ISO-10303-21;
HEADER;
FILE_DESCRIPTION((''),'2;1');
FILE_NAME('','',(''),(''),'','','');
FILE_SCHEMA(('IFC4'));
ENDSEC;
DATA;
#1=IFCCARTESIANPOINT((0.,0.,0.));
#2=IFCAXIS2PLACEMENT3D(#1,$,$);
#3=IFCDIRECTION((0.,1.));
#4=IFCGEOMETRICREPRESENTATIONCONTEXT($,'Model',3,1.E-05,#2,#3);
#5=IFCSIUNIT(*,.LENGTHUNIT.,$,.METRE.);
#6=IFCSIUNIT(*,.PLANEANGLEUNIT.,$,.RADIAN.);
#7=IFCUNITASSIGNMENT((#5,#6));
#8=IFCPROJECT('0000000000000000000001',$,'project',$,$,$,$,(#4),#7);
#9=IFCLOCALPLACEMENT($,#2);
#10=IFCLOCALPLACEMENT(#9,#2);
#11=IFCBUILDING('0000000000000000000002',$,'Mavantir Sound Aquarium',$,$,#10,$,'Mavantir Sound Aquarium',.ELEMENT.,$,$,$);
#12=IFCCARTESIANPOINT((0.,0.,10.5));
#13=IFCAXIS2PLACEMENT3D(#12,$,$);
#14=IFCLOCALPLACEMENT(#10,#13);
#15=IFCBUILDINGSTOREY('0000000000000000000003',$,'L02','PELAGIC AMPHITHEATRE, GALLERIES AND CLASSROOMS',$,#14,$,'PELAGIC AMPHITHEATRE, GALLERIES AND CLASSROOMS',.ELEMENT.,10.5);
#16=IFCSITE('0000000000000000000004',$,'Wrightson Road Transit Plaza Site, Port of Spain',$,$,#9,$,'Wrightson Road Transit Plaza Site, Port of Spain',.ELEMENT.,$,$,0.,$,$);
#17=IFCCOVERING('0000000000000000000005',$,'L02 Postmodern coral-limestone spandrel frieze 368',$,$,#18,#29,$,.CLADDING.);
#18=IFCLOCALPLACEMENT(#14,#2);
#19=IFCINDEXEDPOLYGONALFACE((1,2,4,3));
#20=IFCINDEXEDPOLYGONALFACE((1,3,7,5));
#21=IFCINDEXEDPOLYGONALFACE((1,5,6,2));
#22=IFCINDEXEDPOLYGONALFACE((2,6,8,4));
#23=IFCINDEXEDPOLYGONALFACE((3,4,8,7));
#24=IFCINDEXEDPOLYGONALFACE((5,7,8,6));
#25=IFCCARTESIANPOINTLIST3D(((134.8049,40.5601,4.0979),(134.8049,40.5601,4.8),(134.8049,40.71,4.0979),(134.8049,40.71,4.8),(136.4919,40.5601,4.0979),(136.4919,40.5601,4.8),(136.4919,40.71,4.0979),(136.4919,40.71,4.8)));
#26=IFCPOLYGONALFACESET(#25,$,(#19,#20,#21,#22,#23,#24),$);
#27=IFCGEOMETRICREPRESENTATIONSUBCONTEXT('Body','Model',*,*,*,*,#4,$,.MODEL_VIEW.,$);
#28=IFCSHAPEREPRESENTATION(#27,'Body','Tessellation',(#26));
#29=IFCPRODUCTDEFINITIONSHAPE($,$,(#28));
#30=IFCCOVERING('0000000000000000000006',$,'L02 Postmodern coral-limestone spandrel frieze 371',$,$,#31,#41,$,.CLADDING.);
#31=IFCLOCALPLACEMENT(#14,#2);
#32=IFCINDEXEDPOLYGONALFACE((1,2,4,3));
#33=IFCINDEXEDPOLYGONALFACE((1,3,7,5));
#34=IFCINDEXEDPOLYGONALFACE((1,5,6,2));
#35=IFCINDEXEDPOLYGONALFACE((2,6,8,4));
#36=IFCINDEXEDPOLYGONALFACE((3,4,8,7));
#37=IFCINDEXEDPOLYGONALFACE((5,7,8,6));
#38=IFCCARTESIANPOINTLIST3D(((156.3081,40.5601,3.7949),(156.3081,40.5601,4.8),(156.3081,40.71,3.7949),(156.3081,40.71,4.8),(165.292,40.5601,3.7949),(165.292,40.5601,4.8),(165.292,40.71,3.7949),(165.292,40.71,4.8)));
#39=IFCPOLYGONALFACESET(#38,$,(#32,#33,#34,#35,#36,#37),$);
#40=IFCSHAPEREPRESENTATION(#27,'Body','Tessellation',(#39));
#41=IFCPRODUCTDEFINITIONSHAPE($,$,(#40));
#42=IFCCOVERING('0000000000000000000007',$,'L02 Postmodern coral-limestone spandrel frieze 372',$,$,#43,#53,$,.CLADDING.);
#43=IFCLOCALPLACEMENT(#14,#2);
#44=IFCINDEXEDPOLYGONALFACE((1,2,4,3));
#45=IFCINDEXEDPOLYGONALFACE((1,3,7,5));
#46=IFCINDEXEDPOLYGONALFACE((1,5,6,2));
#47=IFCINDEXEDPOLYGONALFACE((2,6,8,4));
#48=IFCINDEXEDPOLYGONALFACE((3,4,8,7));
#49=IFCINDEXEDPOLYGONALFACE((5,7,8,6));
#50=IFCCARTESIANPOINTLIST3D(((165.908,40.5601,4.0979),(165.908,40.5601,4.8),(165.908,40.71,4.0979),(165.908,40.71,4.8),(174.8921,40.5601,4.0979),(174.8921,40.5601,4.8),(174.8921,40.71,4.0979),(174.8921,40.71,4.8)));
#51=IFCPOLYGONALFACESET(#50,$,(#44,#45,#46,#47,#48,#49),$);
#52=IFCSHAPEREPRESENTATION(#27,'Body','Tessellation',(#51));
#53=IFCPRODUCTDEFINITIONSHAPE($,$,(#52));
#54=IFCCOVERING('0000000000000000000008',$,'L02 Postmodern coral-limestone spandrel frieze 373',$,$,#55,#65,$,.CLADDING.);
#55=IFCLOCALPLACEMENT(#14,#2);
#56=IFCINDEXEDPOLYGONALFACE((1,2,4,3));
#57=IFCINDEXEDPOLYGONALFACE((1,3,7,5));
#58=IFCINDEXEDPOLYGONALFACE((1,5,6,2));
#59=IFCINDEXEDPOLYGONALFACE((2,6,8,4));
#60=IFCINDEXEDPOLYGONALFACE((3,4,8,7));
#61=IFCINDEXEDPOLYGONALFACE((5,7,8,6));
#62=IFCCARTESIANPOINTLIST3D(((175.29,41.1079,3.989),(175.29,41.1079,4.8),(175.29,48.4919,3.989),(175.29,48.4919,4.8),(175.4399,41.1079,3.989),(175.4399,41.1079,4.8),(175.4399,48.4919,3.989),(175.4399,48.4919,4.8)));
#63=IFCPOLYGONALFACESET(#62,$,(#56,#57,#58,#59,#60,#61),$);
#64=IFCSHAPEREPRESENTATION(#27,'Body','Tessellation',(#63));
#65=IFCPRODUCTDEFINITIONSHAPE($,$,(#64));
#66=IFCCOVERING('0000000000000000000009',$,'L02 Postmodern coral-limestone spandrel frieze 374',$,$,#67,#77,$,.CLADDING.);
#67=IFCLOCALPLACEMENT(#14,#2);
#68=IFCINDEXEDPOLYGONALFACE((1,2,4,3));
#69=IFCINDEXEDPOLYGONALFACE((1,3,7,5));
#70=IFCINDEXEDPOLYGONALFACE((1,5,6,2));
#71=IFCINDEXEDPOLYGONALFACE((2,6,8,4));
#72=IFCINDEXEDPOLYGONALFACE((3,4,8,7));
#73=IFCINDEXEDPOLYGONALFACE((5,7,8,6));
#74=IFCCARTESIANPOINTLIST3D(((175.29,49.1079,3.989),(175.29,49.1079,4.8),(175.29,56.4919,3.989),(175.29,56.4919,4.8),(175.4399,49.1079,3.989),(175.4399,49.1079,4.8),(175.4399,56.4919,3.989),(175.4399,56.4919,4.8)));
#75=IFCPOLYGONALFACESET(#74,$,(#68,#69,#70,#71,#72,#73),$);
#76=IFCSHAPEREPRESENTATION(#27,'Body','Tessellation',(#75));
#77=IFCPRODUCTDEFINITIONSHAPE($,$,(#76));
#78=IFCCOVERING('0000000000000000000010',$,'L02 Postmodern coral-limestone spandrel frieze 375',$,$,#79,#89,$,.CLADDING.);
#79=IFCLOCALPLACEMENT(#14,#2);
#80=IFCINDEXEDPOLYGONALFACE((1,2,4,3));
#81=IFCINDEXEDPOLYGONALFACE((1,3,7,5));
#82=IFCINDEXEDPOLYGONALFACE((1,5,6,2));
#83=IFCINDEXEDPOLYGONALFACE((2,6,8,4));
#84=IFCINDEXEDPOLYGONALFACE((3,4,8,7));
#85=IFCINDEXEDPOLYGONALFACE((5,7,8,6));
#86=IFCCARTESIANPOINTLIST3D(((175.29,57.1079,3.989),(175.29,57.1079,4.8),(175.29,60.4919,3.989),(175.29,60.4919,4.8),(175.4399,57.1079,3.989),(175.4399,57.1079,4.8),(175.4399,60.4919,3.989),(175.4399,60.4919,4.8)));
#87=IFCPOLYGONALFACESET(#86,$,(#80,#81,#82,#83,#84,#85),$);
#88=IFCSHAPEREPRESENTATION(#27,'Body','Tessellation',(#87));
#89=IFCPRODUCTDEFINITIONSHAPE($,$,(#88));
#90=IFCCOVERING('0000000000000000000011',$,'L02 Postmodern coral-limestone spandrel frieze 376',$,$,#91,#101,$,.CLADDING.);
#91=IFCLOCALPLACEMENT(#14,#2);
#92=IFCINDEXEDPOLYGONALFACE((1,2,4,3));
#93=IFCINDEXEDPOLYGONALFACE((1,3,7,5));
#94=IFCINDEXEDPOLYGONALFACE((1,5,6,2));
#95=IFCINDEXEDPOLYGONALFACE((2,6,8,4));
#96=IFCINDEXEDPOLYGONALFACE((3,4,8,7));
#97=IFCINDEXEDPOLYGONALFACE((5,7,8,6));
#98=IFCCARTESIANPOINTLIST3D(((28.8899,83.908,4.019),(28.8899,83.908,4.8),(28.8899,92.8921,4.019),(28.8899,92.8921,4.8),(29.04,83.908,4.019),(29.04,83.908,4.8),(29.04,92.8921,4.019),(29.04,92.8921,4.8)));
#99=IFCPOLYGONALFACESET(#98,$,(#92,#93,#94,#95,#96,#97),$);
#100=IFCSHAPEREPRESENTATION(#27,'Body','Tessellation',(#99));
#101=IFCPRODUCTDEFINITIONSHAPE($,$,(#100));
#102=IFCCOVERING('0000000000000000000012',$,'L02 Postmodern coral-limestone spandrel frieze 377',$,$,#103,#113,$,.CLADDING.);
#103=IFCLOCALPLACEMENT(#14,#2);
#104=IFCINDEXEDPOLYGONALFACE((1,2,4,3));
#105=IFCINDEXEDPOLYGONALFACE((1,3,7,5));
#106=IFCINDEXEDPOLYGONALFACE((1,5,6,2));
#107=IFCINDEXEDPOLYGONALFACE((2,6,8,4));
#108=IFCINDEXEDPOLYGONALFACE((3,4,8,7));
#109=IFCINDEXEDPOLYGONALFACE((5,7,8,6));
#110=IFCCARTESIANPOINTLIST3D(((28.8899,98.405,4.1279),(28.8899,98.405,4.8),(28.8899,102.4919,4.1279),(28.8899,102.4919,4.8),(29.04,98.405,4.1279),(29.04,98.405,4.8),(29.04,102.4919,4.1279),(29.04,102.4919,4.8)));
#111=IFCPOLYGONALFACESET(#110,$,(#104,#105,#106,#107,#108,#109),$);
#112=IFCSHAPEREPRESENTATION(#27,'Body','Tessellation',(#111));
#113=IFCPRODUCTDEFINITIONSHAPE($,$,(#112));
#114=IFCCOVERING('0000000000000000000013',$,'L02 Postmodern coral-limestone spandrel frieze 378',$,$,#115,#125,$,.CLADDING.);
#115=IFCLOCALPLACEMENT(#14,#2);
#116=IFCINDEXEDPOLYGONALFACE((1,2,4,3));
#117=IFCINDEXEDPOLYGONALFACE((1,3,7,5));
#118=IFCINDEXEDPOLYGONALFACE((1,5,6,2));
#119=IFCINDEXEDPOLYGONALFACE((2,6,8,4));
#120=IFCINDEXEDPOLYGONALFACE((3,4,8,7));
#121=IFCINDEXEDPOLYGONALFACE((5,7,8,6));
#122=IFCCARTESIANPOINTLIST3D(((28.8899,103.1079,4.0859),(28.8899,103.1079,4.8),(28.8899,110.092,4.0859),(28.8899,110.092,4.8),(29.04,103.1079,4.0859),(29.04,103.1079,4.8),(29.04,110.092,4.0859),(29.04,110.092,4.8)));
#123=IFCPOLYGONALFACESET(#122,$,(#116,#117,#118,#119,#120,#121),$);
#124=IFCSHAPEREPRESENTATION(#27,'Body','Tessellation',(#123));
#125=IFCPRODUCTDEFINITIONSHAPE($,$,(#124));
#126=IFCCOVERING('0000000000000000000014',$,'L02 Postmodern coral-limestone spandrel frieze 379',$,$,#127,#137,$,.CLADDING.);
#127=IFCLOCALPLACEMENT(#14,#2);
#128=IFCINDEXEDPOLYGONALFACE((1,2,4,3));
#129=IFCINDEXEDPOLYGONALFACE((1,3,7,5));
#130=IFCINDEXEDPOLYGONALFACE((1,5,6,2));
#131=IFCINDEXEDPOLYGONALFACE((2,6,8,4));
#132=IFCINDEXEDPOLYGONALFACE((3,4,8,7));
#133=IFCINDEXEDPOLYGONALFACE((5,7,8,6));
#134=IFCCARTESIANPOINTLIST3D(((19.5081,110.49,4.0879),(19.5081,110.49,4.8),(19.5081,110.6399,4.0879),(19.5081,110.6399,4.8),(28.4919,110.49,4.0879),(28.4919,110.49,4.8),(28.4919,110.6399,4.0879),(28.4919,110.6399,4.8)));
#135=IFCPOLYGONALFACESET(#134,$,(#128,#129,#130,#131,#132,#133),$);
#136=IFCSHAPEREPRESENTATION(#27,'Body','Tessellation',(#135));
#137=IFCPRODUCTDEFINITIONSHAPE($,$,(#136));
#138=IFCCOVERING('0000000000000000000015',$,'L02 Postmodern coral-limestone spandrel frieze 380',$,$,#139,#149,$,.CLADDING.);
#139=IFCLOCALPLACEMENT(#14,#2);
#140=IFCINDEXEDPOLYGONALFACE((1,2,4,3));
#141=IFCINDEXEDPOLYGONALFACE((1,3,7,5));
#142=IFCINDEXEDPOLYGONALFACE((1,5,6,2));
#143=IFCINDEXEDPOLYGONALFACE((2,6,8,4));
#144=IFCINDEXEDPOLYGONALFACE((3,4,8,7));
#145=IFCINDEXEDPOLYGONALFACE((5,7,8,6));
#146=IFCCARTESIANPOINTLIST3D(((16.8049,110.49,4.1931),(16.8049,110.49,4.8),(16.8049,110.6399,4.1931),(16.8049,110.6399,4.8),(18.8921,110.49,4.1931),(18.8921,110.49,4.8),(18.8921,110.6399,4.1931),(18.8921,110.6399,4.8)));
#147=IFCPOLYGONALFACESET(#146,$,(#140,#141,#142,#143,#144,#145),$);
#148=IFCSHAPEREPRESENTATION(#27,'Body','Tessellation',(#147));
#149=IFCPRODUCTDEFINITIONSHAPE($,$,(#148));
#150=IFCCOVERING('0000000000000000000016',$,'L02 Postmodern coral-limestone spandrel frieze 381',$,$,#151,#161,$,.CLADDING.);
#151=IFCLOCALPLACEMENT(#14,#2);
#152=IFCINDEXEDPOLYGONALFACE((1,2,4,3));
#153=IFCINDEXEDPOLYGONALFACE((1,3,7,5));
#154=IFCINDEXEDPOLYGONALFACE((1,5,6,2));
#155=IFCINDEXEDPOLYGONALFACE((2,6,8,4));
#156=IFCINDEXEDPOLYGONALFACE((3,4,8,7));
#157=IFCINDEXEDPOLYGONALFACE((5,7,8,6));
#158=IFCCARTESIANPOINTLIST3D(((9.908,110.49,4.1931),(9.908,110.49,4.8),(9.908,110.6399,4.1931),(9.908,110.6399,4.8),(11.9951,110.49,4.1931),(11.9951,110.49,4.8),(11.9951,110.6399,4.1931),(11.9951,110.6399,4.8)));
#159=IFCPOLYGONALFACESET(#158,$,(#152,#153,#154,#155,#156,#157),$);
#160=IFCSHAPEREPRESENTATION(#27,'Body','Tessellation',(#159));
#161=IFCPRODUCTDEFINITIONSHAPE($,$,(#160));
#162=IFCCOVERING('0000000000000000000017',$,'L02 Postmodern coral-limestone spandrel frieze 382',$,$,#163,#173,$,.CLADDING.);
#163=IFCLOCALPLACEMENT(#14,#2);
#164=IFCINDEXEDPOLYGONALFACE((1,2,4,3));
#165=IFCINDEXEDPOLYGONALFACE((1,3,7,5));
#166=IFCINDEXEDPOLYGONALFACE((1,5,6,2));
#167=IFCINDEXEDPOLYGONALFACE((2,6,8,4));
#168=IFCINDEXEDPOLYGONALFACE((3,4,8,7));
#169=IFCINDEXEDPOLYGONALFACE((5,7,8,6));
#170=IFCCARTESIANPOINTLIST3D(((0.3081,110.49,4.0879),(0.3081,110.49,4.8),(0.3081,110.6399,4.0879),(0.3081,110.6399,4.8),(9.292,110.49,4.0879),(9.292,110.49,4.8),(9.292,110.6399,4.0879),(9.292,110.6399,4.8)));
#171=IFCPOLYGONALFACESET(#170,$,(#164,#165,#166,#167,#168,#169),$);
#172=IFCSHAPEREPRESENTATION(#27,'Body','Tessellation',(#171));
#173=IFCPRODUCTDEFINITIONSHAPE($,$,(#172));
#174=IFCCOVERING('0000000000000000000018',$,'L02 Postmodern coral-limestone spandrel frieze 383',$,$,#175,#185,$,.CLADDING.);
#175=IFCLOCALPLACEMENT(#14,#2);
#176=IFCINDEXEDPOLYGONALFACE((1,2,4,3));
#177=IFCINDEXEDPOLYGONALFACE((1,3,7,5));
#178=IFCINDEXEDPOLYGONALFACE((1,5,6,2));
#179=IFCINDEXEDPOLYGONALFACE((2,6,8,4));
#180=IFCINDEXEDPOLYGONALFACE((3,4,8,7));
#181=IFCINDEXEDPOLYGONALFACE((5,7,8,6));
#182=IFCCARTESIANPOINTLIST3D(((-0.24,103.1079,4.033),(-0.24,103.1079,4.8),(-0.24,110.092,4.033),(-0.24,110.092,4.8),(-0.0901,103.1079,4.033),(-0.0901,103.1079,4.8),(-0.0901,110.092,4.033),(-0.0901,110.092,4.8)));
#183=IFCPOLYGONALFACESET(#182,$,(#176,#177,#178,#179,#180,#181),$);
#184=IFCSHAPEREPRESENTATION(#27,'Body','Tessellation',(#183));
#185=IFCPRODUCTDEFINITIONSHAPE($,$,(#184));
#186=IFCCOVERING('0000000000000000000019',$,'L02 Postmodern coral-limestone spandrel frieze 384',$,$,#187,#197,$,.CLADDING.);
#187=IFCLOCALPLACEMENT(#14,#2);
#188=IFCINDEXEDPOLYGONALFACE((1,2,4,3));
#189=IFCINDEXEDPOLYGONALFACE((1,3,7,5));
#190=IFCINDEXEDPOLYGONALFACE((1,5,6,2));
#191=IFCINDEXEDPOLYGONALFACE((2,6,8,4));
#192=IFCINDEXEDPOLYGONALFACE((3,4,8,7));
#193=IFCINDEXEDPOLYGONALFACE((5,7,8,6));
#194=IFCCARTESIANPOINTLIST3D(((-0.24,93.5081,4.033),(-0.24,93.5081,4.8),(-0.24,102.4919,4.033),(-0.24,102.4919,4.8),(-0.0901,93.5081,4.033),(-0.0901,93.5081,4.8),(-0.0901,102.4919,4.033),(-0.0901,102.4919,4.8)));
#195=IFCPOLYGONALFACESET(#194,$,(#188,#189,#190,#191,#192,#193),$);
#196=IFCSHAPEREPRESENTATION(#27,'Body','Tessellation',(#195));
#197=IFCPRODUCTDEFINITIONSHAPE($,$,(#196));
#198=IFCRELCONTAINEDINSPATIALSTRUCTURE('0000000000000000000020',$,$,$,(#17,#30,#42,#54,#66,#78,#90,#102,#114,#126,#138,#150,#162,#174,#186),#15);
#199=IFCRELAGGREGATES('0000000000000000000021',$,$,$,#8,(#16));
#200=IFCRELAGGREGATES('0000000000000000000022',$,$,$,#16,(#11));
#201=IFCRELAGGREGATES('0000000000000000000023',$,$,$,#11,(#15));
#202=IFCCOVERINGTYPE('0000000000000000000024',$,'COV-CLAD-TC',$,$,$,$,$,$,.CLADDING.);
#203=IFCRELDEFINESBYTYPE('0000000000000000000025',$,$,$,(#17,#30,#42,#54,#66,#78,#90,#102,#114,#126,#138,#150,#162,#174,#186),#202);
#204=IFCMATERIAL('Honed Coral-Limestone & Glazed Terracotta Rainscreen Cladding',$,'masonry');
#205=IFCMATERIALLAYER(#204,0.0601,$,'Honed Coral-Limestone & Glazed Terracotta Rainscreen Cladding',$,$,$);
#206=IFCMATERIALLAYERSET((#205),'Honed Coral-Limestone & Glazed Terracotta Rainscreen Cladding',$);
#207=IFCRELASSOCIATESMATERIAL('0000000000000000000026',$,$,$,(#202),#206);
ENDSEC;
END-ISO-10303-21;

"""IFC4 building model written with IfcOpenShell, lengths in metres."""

from ifc_helpers import new_model, si_unit, direction, frame, origin, place, context, subcontext, project, spatial, polyline, outline, extrude, material, layer, layer_set, type_object, element, save


model = new_model("IFC4")

# Units and contexts
model_context = context("Model", 3, precision=1e-05, world=origin(), true_north=direction((0.0, 1.0)))
body_context = subcontext(model_context, "Body", "Model", "MODEL_VIEW")
ifc_project = project(units=[si_unit("LENGTHUNIT", "METRE"), si_unit("PLANEANGLEUNIT", "RADIAN")], contexts=[model_context])

# Site, building, storey
site_placement = place(None, origin())
site = spatial("IfcSite", under=ifc_project, at=site_placement, Name="Wrightson Road Transit Plaza Site, Port of Spain", LongName="Wrightson Road Transit Plaza Site, Port of Spain", CompositionType="ELEMENT", RefElevation=0.0)
building_placement = place(site_placement, origin())
building = spatial("IfcBuilding", under=site, at=building_placement, Name="Mavantir Sound Aquarium", LongName="Mavantir Sound Aquarium", CompositionType="ELEMENT")
storey_placement = place(building_placement, frame((0.0, 0.0, 10.5)))
storey = spatial("IfcBuildingStorey", under=building, at=storey_placement, Name="L02", Description="PELAGIC AMPHITHEATRE, GALLERIES AND CLASSROOMS", LongName="PELAGIC AMPHITHEATRE, GALLERIES AND CLASSROOMS", CompositionType="ELEMENT", Elevation=10.5)

# Coverings
ifc_material = material(Name="Honed Coral-Limestone & Glazed Terracotta Rainscreen Cladding", Category="masonry")
ifc_layer = layer(ifc_material, 0.0601, Name="Honed Coral-Limestone & Glazed Terracotta Rainscreen Cladding")
ifc_layer_set = layer_set([ifc_layer], Name="Honed Coral-Limestone & Glazed Terracotta Rainscreen Cladding")
covering_type = type_object("IfcCoveringType", Name="COV-CLAD-TC", PredefinedType="CLADDING", material=ifc_layer_set)
covering_1_placement = place(storey_placement, frame((0.0, 0.0, 4.0979)))
element("IfcCovering", 1, at=covering_1_placement, inside=storey, type_object=covering_type, Name="L02 Postmodern coral-limestone spandrel frieze 368", PredefinedType="CLADDING", context=body_context, shape_type="SweptSolid", body=[
    extrude(outline(polyline([(134.8049, 40.71), (136.4919, 40.71), (136.4919, 40.5601), (134.8049, 40.5601), (134.8049, 40.71)])), origin(), (0.0, 0.0, 1.0), 0.7021),
])
covering_2_placement = place(storey_placement, frame((0.0, 0.0, 3.7949)))
element("IfcCovering", 2, at=covering_2_placement, inside=storey, type_object=covering_type, Name="L02 Postmodern coral-limestone spandrel frieze 371", PredefinedType="CLADDING", context=body_context, shape_type="SweptSolid", body=[
    extrude(outline(polyline([(156.3081, 40.71), (165.292, 40.71), (165.292, 40.5601), (156.3081, 40.5601), (156.3081, 40.71)])), origin(), (0.0, 0.0, 1.0), 1.0051),
])
covering_3_placement = place(storey_placement, frame((0.0, 0.0, 4.0979)))
element("IfcCovering", 3, at=covering_3_placement, inside=storey, type_object=covering_type, Name="L02 Postmodern coral-limestone spandrel frieze 372", PredefinedType="CLADDING", context=body_context, shape_type="SweptSolid", body=[
    extrude(outline(polyline([(165.908, 40.71), (174.8921, 40.71), (174.8921, 40.5601), (165.908, 40.5601), (165.908, 40.71)])), origin(), (0.0, 0.0, 1.0), 0.7021),
])
covering_4_placement = place(storey_placement, frame((0.0, 0.0, 3.989)))
element("IfcCovering", 4, at=covering_4_placement, inside=storey, type_object=covering_type, Name="L02 Postmodern coral-limestone spandrel frieze 373", PredefinedType="CLADDING", context=body_context, shape_type="SweptSolid", body=[
    extrude(outline(polyline([(175.29, 41.1079), (175.29, 48.4919), (175.4399, 48.4919), (175.4399, 41.1079), (175.29, 41.1079)])), origin(), (0.0, 0.0, 1.0), 0.811),
])
covering_5_placement = place(storey_placement, frame((0.0, 0.0, 3.989)))
element("IfcCovering", 5, at=covering_5_placement, inside=storey, type_object=covering_type, Name="L02 Postmodern coral-limestone spandrel frieze 374", PredefinedType="CLADDING", context=body_context, shape_type="SweptSolid", body=[
    extrude(outline(polyline([(175.29, 49.1079), (175.29, 56.4919), (175.4399, 56.4919), (175.4399, 49.1079), (175.29, 49.1079)])), origin(), (0.0, 0.0, 1.0), 0.811),
])
covering_6_placement = place(storey_placement, frame((0.0, 0.0, 3.989)))
element("IfcCovering", 6, at=covering_6_placement, inside=storey, type_object=covering_type, Name="L02 Postmodern coral-limestone spandrel frieze 375", PredefinedType="CLADDING", context=body_context, shape_type="SweptSolid", body=[
    extrude(outline(polyline([(175.29, 57.1079), (175.29, 60.4919), (175.4399, 60.4919), (175.4399, 57.1079), (175.29, 57.1079)])), origin(), (0.0, 0.0, 1.0), 0.811),
])
covering_7_placement = place(storey_placement, frame((0.0, 0.0, 4.019)))
element("IfcCovering", 7, at=covering_7_placement, inside=storey, type_object=covering_type, Name="L02 Postmodern coral-limestone spandrel frieze 376", PredefinedType="CLADDING", context=body_context, shape_type="SweptSolid", body=[
    extrude(outline(polyline([(28.8899, 83.908), (28.8899, 92.8921), (29.04, 92.8921), (29.04, 83.908), (28.8899, 83.908)])), origin(), (0.0, 0.0, 1.0), 0.781),
])
covering_8_placement = place(storey_placement, frame((0.0, 0.0, 4.1279)))
element("IfcCovering", 8, at=covering_8_placement, inside=storey, type_object=covering_type, Name="L02 Postmodern coral-limestone spandrel frieze 377", PredefinedType="CLADDING", context=body_context, shape_type="SweptSolid", body=[
    extrude(outline(polyline([(28.8899, 98.405), (28.8899, 102.4919), (29.04, 102.4919), (29.04, 98.405), (28.8899, 98.405)])), origin(), (0.0, 0.0, 1.0), 0.6721),
])
covering_9_placement = place(storey_placement, frame((0.0, 0.0, 4.0859)))
element("IfcCovering", 9, at=covering_9_placement, inside=storey, type_object=covering_type, Name="L02 Postmodern coral-limestone spandrel frieze 378", PredefinedType="CLADDING", context=body_context, shape_type="SweptSolid", body=[
    extrude(outline(polyline([(28.8899, 103.1079), (28.8899, 110.092), (29.04, 110.092), (29.04, 103.1079), (28.8899, 103.1079)])), origin(), (0.0, 0.0, 1.0), 0.7141),
])
covering_10_placement = place(storey_placement, frame((0.0, 0.0, 4.0879)))
element("IfcCovering", 10, at=covering_10_placement, inside=storey, type_object=covering_type, Name="L02 Postmodern coral-limestone spandrel frieze 379", PredefinedType="CLADDING", context=body_context, shape_type="SweptSolid", body=[
    extrude(outline(polyline([(28.4919, 110.49), (19.5081, 110.49), (19.5081, 110.6399), (28.4919, 110.6399), (28.4919, 110.49)])), origin(), (0.0, 0.0, 1.0), 0.7122),
])
covering_11_placement = place(storey_placement, frame((0.0, 0.0, 4.1931)))
element("IfcCovering", 11, at=covering_11_placement, inside=storey, type_object=covering_type, Name="L02 Postmodern coral-limestone spandrel frieze 380", PredefinedType="CLADDING", context=body_context, shape_type="SweptSolid", body=[
    extrude(outline(polyline([(18.8921, 110.49), (16.8049, 110.49), (16.8049, 110.6399), (18.8921, 110.6399), (18.8921, 110.49)])), origin(), (0.0, 0.0, 1.0), 0.6069),
])
covering_12_placement = place(storey_placement, frame((0.0, 0.0, 4.1931)))
element("IfcCovering", 12, at=covering_12_placement, inside=storey, type_object=covering_type, Name="L02 Postmodern coral-limestone spandrel frieze 381", PredefinedType="CLADDING", context=body_context, shape_type="SweptSolid", body=[
    extrude(outline(polyline([(11.9951, 110.49), (9.908, 110.49), (9.908, 110.6399), (11.9951, 110.6399), (11.9951, 110.49)])), origin(), (0.0, 0.0, 1.0), 0.6069),
])
covering_13_placement = place(storey_placement, frame((0.0, 0.0, 4.0879)))
element("IfcCovering", 13, at=covering_13_placement, inside=storey, type_object=covering_type, Name="L02 Postmodern coral-limestone spandrel frieze 382", PredefinedType="CLADDING", context=body_context, shape_type="SweptSolid", body=[
    extrude(outline(polyline([(9.292, 110.49), (0.3081, 110.49), (0.3081, 110.6399), (9.292, 110.6399), (9.292, 110.49)])), origin(), (0.0, 0.0, 1.0), 0.7122),
])
covering_14_placement = place(storey_placement, frame((0.0, 0.0, 4.033)))
element("IfcCovering", 14, at=covering_14_placement, inside=storey, type_object=covering_type, Name="L02 Postmodern coral-limestone spandrel frieze 383", PredefinedType="CLADDING", context=body_context, shape_type="SweptSolid", body=[
    extrude(outline(polyline([(-0.0901, 110.092), (-0.0901, 103.1079), (-0.24, 103.1079), (-0.24, 110.092), (-0.0901, 110.092)])), origin(), (0.0, 0.0, 1.0), 0.7671),
])
covering_15_placement = place(storey_placement, frame((0.0, 0.0, 4.033)))
element("IfcCovering", 15, at=covering_15_placement, inside=storey, type_object=covering_type, Name="L02 Postmodern coral-limestone spandrel frieze 384", PredefinedType="CLADDING", context=body_context, shape_type="SweptSolid", body=[
    extrude(outline(polyline([(-0.0901, 102.4919), (-0.0901, 93.5081), (-0.24, 93.5081), (-0.24, 102.4919), (-0.0901, 102.4919)])), origin(), (0.0, 0.0, 1.0), 0.7671),
])

save(model, "model.ifc")
